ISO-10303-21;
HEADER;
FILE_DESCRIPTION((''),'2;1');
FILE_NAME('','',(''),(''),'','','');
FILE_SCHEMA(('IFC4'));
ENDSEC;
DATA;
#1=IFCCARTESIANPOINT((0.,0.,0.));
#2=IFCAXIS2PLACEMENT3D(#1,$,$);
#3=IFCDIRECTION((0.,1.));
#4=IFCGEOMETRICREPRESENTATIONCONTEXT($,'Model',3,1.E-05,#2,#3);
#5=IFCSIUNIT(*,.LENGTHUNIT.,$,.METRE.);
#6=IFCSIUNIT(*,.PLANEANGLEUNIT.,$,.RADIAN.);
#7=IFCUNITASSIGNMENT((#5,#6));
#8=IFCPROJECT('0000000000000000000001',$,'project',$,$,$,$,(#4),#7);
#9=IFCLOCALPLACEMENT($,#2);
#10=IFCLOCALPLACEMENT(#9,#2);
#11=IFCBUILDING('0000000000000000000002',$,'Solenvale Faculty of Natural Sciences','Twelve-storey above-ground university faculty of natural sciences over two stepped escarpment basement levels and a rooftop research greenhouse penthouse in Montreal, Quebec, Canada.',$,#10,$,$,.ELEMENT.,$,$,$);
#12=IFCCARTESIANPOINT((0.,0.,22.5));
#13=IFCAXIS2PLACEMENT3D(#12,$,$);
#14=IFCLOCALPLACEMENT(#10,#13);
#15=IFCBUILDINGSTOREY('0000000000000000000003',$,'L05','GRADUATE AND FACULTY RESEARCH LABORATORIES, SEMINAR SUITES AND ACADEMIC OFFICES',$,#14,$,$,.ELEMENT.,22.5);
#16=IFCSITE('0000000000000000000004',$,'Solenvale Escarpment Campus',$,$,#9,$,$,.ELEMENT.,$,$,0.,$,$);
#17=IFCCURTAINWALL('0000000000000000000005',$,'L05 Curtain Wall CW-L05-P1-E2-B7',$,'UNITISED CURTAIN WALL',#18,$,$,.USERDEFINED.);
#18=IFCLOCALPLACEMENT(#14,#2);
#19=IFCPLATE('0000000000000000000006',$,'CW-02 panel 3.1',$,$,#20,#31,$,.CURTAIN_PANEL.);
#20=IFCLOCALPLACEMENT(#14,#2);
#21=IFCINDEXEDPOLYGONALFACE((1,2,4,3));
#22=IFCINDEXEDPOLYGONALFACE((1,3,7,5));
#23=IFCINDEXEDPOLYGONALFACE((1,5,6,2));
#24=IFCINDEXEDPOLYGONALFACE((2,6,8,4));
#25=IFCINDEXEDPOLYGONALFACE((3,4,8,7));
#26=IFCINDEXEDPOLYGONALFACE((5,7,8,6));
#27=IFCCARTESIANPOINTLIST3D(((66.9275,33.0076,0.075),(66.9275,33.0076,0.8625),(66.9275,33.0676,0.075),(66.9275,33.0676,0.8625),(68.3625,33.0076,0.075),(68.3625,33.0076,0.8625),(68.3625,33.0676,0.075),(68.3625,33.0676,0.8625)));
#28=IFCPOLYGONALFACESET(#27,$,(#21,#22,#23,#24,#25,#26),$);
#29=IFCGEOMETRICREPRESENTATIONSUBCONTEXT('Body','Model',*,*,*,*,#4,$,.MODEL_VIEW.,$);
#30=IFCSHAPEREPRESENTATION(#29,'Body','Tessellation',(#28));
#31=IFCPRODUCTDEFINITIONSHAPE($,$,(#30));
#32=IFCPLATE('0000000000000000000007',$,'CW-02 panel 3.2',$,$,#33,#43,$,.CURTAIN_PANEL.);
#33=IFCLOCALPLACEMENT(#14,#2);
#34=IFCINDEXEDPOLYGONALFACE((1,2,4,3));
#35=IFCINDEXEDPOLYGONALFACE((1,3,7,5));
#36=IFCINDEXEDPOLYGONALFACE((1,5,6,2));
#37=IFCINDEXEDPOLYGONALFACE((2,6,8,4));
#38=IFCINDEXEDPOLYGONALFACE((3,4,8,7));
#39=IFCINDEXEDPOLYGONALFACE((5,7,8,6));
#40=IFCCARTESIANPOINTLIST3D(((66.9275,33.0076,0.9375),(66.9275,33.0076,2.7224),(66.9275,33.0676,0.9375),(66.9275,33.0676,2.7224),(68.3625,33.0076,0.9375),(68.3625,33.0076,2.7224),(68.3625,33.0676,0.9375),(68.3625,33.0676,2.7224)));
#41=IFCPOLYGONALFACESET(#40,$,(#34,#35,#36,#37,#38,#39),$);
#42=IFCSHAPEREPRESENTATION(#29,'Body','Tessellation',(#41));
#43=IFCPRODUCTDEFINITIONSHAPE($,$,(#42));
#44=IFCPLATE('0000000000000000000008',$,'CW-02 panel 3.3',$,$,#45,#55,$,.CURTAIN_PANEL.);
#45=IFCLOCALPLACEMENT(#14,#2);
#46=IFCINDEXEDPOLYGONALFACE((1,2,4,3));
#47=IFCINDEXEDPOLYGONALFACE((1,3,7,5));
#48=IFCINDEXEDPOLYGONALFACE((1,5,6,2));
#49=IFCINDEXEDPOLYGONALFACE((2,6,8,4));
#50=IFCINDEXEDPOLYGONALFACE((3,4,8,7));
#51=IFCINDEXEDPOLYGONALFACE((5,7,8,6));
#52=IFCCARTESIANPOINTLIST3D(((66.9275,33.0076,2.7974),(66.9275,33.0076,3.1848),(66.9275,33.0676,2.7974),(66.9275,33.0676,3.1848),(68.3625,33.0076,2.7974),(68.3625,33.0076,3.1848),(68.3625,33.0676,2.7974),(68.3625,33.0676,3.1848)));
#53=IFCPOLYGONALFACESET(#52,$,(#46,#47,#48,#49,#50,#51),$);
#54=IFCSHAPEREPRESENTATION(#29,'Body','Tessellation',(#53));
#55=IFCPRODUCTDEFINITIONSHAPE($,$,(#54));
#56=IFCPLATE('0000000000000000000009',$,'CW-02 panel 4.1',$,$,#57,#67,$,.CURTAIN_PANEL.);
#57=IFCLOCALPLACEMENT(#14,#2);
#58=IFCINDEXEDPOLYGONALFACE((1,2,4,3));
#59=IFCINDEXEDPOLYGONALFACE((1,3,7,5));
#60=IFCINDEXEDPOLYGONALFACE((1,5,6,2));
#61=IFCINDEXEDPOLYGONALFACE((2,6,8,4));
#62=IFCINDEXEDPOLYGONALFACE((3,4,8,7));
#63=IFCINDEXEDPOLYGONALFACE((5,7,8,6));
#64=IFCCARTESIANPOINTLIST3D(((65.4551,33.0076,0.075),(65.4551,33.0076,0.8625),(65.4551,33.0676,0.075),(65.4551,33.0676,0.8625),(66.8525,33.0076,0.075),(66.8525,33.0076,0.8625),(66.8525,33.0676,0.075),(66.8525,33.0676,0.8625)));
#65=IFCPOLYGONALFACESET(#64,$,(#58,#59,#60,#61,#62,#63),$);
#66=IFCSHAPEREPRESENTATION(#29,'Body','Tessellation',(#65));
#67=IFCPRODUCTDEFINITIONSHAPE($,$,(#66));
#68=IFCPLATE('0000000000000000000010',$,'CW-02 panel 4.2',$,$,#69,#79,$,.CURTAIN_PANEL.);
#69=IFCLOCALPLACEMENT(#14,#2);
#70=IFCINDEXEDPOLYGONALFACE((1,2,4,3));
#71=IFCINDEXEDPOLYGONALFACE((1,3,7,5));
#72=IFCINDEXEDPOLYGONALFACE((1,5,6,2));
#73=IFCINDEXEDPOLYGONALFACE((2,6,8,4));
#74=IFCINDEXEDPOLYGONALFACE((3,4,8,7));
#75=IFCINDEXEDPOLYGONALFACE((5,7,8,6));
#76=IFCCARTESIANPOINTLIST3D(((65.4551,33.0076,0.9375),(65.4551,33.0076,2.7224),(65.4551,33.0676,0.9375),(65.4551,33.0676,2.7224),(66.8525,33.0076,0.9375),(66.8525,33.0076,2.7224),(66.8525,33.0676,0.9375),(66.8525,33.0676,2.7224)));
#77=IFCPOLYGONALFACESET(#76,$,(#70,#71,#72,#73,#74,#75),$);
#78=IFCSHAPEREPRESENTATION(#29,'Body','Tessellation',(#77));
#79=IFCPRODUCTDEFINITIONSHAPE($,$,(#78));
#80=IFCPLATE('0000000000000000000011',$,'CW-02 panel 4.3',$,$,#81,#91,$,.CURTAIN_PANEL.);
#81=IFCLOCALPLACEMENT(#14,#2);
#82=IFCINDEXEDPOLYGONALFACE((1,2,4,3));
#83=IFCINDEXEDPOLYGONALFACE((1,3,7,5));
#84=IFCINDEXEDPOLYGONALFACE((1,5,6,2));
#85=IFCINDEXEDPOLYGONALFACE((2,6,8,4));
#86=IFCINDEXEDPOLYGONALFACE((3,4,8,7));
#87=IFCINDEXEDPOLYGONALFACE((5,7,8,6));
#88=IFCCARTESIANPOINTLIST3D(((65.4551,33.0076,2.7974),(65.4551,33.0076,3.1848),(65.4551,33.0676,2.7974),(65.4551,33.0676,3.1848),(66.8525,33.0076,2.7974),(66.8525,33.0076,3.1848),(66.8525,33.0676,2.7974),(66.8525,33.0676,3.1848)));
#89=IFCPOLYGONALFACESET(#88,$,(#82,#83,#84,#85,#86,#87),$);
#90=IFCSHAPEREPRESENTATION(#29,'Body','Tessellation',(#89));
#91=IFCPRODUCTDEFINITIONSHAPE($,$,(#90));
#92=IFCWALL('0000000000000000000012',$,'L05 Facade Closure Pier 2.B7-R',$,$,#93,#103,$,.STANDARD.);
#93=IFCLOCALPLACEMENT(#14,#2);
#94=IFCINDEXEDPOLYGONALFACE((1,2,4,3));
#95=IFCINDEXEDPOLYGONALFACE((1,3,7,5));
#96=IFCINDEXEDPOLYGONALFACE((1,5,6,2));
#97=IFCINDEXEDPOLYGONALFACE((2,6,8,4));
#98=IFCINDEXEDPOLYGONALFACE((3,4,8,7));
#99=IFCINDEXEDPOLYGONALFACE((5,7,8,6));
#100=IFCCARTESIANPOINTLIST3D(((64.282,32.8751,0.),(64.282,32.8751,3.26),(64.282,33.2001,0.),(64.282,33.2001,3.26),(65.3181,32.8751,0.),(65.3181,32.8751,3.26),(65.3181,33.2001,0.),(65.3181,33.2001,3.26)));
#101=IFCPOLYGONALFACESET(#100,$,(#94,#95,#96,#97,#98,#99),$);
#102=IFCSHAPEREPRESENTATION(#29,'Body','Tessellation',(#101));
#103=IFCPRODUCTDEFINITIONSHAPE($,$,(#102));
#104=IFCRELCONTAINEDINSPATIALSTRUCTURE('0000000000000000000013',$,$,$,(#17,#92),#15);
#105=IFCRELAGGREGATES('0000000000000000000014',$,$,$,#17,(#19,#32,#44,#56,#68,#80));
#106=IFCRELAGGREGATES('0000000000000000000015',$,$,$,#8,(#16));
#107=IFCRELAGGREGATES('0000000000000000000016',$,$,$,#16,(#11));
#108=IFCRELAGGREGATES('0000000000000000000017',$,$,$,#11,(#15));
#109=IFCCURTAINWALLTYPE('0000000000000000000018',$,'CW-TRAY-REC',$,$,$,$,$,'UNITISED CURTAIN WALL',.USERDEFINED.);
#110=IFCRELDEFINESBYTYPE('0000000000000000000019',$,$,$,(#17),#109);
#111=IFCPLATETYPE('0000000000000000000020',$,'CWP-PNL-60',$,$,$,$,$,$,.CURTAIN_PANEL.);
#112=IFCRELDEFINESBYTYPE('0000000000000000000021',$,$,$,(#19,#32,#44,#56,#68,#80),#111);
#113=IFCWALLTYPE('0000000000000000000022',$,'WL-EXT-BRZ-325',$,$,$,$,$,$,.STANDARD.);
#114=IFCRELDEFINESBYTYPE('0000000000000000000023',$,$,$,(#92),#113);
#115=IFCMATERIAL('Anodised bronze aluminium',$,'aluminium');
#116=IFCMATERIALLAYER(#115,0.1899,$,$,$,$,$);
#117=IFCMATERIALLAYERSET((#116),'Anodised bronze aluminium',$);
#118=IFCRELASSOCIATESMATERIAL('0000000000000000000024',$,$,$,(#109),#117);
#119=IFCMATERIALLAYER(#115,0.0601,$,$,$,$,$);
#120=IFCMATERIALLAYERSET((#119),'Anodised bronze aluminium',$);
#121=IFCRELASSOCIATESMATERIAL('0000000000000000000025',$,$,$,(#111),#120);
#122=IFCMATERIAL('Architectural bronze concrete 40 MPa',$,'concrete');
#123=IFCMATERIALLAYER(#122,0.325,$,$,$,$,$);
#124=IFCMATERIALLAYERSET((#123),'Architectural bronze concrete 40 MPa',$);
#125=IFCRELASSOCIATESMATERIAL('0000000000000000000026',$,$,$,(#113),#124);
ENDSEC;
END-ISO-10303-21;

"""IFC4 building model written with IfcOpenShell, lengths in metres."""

from ifc_helpers import new_model, si_unit, direction, frame, frame_2d, origin, origin_2d, place, context, subcontext, project, spatial, rectangle, extrude, material, layer, layer_set, type_object, element, aggregate, save


model = new_model("IFC4")

# Units and contexts
model_context = context("Model", 3, precision=1e-05, world=origin(), true_north=direction((0.0, 1.0)))
body_context = subcontext(model_context, "Body", "Model", "MODEL_VIEW")
ifc_project = project(units=[si_unit("LENGTHUNIT", "METRE"), si_unit("PLANEANGLEUNIT", "RADIAN")], contexts=[model_context])

# Site, building, storey
site_placement = place(None, origin())
site = spatial("IfcSite", under=ifc_project, at=site_placement, Name="Solenvale Escarpment Campus", CompositionType="ELEMENT", RefElevation=0.0)
building_placement = place(site_placement, origin())
building = spatial("IfcBuilding", under=site, at=building_placement, Name="Solenvale Faculty of Natural Sciences", Description="Twelve-storey above-ground university faculty of natural sciences over two stepped escarpment basement levels and a rooftop research greenhouse penthouse in Montreal, Quebec, Canada.", CompositionType="ELEMENT")
storey_placement = place(building_placement, frame((0.0, 0.0, 22.5)))
storey = spatial("IfcBuildingStorey", under=building, at=storey_placement, Name="L05", Description="GRADUATE AND FACULTY RESEARCH LABORATORIES, SEMINAR SUITES AND ACADEMIC OFFICES", CompositionType="ELEMENT", Elevation=22.5)

# Curtain wall
ifc_material_1 = material(Name="Anodised bronze aluminium", Category="aluminium")
ifc_layer_1 = layer(ifc_material_1, 0.1899)
ifc_layer_set_1 = layer_set([ifc_layer_1], Name="Anodised bronze aluminium")
curtain_wall_type = type_object("IfcCurtainWallType", Name="CW-TRAY-REC", ElementType="UNITISED CURTAIN WALL", PredefinedType="USERDEFINED", material=ifc_layer_set_1)
curtain_wall_1_placement = place(storey_placement, origin())
curtain_wall_1 = element("IfcCurtainWall", 1, at=curtain_wall_1_placement, inside=storey, type_object=curtain_wall_type, Name="L05 Curtain Wall CW-L05-P1-E2-B7", ObjectType="UNITISED CURTAIN WALL", PredefinedType="USERDEFINED")

# Plates
ifc_layer_2 = layer(ifc_material_1, 0.0601)
ifc_layer_set_2 = layer_set([ifc_layer_2], Name="Anodised bronze aluminium")
plate_type_1 = type_object("IfcPlateType", Name="CWP-PNL-60", PredefinedType="CURTAIN_PANEL", material=ifc_layer_set_2)
plate_1_placement = place(storey_placement, frame((67.645, 33.0376, 0.075), z_axis=(0.0, 0.0, 1.0), x_axis=(-1.0, 0.0, 0.0)))
plate_1 = element("IfcPlate", 2, at=plate_1_placement, type_object=plate_type_1, Name="CW-02 panel 3.1", PredefinedType="CURTAIN_PANEL", context=body_context, shape_type="SweptSolid", body=[
    extrude(rectangle(XDim=1.4351, YDim=0.0601, at=origin_2d()), origin(), (0.0, 0.0, 1.0), 0.7876),
])
plate_2_placement = place(storey_placement, frame((67.645, 33.0376, 0.9375), z_axis=(0.0, 0.0, 1.0), x_axis=(-1.0, 0.0, 0.0)))
plate_2 = element("IfcPlate", 3, at=plate_2_placement, type_object=plate_type_1, Name="CW-02 panel 3.2", PredefinedType="CURTAIN_PANEL", context=body_context, shape_type="SweptSolid", body=[
    extrude(rectangle(XDim=1.4351, YDim=0.0601, at=origin_2d()), origin(), (0.0, 0.0, 1.0), 1.7849),
])
plate_3_placement = place(storey_placement, frame((67.645, 33.0376, 2.7974), z_axis=(0.0, 0.0, 1.0), x_axis=(-1.0, 0.0, 0.0)))
plate_3 = element("IfcPlate", 4, at=plate_3_placement, type_object=plate_type_1, Name="CW-02 panel 3.3", PredefinedType="CURTAIN_PANEL", context=body_context, shape_type="SweptSolid", body=[
    extrude(rectangle(XDim=1.4351, YDim=0.0601, at=origin_2d()), origin(), (0.0, 0.0, 1.0), 0.3875),
])
plate_4_placement = place(storey_placement, frame((66.1538, 33.0376, 0.075), z_axis=(0.0, 0.0, 1.0), x_axis=(-1.0, 0.0, 0.0)))
plate_4 = element("IfcPlate", 5, at=plate_4_placement, type_object=plate_type_1, Name="CW-02 panel 4.1", PredefinedType="CURTAIN_PANEL", context=body_context, shape_type="SweptSolid", body=[
    extrude(rectangle(XDim=1.3975, YDim=0.0601, at=origin_2d()), origin(), (0.0, 0.0, 1.0), 0.7876),
])
plate_5_placement = place(storey_placement, frame((66.1538, 33.0376, 0.9375), z_axis=(0.0, 0.0, 1.0), x_axis=(-1.0, 0.0, 0.0)))
plate_5 = element("IfcPlate", 6, at=plate_5_placement, type_object=plate_type_1, Name="CW-02 panel 4.2", PredefinedType="CURTAIN_PANEL", context=body_context, shape_type="SweptSolid", body=[
    extrude(rectangle(XDim=1.3975, YDim=0.0601, at=origin_2d()), origin(), (0.0, 0.0, 1.0), 1.7849),
])
plate_6_placement = place(storey_placement, frame((66.1538, 33.0376, 2.7974), z_axis=(0.0, 0.0, 1.0), x_axis=(-1.0, 0.0, 0.0)))
plate_6 = element("IfcPlate", 7, at=plate_6_placement, type_object=plate_type_1, Name="CW-02 panel 4.3", PredefinedType="CURTAIN_PANEL", context=body_context, shape_type="SweptSolid", body=[
    extrude(rectangle(XDim=1.3975, YDim=0.0601, at=origin_2d()), origin(), (0.0, 0.0, 1.0), 0.3875),
])
aggregate(curtain_wall_1, [plate_1, plate_2, plate_3, plate_4, plate_5, plate_6])

# Wall
ifc_material_2 = material(Name="Architectural bronze concrete 40 MPa", Category="concrete")
ifc_layer_3 = layer(ifc_material_2, 0.325)
ifc_layer_set_3 = layer_set([ifc_layer_3], Name="Architectural bronze concrete 40 MPa")
wall_type = type_object("IfcWallType", Name="WL-EXT-BRZ-325", PredefinedType="STANDARD", material=ifc_layer_set_3)
wall_placement = place(storey_placement, frame((65.3181, 33.0376, 0.0), z_axis=(0.0, 0.0, 1.0), x_axis=(-1.0, 0.0, 0.0)))
element("IfcWall", 8, at=wall_placement, inside=storey, type_object=wall_type, Name="L05 Facade Closure Pier 2.B7-R", PredefinedType="STANDARD", context=body_context, shape_type="SweptSolid", body=[
    extrude(rectangle(XDim=1.0361, YDim=0.325, at=frame_2d((0.5181, 0.0))), origin(), (0.0, 0.0, 1.0), 3.26),
])

save(model, "model.ifc")
